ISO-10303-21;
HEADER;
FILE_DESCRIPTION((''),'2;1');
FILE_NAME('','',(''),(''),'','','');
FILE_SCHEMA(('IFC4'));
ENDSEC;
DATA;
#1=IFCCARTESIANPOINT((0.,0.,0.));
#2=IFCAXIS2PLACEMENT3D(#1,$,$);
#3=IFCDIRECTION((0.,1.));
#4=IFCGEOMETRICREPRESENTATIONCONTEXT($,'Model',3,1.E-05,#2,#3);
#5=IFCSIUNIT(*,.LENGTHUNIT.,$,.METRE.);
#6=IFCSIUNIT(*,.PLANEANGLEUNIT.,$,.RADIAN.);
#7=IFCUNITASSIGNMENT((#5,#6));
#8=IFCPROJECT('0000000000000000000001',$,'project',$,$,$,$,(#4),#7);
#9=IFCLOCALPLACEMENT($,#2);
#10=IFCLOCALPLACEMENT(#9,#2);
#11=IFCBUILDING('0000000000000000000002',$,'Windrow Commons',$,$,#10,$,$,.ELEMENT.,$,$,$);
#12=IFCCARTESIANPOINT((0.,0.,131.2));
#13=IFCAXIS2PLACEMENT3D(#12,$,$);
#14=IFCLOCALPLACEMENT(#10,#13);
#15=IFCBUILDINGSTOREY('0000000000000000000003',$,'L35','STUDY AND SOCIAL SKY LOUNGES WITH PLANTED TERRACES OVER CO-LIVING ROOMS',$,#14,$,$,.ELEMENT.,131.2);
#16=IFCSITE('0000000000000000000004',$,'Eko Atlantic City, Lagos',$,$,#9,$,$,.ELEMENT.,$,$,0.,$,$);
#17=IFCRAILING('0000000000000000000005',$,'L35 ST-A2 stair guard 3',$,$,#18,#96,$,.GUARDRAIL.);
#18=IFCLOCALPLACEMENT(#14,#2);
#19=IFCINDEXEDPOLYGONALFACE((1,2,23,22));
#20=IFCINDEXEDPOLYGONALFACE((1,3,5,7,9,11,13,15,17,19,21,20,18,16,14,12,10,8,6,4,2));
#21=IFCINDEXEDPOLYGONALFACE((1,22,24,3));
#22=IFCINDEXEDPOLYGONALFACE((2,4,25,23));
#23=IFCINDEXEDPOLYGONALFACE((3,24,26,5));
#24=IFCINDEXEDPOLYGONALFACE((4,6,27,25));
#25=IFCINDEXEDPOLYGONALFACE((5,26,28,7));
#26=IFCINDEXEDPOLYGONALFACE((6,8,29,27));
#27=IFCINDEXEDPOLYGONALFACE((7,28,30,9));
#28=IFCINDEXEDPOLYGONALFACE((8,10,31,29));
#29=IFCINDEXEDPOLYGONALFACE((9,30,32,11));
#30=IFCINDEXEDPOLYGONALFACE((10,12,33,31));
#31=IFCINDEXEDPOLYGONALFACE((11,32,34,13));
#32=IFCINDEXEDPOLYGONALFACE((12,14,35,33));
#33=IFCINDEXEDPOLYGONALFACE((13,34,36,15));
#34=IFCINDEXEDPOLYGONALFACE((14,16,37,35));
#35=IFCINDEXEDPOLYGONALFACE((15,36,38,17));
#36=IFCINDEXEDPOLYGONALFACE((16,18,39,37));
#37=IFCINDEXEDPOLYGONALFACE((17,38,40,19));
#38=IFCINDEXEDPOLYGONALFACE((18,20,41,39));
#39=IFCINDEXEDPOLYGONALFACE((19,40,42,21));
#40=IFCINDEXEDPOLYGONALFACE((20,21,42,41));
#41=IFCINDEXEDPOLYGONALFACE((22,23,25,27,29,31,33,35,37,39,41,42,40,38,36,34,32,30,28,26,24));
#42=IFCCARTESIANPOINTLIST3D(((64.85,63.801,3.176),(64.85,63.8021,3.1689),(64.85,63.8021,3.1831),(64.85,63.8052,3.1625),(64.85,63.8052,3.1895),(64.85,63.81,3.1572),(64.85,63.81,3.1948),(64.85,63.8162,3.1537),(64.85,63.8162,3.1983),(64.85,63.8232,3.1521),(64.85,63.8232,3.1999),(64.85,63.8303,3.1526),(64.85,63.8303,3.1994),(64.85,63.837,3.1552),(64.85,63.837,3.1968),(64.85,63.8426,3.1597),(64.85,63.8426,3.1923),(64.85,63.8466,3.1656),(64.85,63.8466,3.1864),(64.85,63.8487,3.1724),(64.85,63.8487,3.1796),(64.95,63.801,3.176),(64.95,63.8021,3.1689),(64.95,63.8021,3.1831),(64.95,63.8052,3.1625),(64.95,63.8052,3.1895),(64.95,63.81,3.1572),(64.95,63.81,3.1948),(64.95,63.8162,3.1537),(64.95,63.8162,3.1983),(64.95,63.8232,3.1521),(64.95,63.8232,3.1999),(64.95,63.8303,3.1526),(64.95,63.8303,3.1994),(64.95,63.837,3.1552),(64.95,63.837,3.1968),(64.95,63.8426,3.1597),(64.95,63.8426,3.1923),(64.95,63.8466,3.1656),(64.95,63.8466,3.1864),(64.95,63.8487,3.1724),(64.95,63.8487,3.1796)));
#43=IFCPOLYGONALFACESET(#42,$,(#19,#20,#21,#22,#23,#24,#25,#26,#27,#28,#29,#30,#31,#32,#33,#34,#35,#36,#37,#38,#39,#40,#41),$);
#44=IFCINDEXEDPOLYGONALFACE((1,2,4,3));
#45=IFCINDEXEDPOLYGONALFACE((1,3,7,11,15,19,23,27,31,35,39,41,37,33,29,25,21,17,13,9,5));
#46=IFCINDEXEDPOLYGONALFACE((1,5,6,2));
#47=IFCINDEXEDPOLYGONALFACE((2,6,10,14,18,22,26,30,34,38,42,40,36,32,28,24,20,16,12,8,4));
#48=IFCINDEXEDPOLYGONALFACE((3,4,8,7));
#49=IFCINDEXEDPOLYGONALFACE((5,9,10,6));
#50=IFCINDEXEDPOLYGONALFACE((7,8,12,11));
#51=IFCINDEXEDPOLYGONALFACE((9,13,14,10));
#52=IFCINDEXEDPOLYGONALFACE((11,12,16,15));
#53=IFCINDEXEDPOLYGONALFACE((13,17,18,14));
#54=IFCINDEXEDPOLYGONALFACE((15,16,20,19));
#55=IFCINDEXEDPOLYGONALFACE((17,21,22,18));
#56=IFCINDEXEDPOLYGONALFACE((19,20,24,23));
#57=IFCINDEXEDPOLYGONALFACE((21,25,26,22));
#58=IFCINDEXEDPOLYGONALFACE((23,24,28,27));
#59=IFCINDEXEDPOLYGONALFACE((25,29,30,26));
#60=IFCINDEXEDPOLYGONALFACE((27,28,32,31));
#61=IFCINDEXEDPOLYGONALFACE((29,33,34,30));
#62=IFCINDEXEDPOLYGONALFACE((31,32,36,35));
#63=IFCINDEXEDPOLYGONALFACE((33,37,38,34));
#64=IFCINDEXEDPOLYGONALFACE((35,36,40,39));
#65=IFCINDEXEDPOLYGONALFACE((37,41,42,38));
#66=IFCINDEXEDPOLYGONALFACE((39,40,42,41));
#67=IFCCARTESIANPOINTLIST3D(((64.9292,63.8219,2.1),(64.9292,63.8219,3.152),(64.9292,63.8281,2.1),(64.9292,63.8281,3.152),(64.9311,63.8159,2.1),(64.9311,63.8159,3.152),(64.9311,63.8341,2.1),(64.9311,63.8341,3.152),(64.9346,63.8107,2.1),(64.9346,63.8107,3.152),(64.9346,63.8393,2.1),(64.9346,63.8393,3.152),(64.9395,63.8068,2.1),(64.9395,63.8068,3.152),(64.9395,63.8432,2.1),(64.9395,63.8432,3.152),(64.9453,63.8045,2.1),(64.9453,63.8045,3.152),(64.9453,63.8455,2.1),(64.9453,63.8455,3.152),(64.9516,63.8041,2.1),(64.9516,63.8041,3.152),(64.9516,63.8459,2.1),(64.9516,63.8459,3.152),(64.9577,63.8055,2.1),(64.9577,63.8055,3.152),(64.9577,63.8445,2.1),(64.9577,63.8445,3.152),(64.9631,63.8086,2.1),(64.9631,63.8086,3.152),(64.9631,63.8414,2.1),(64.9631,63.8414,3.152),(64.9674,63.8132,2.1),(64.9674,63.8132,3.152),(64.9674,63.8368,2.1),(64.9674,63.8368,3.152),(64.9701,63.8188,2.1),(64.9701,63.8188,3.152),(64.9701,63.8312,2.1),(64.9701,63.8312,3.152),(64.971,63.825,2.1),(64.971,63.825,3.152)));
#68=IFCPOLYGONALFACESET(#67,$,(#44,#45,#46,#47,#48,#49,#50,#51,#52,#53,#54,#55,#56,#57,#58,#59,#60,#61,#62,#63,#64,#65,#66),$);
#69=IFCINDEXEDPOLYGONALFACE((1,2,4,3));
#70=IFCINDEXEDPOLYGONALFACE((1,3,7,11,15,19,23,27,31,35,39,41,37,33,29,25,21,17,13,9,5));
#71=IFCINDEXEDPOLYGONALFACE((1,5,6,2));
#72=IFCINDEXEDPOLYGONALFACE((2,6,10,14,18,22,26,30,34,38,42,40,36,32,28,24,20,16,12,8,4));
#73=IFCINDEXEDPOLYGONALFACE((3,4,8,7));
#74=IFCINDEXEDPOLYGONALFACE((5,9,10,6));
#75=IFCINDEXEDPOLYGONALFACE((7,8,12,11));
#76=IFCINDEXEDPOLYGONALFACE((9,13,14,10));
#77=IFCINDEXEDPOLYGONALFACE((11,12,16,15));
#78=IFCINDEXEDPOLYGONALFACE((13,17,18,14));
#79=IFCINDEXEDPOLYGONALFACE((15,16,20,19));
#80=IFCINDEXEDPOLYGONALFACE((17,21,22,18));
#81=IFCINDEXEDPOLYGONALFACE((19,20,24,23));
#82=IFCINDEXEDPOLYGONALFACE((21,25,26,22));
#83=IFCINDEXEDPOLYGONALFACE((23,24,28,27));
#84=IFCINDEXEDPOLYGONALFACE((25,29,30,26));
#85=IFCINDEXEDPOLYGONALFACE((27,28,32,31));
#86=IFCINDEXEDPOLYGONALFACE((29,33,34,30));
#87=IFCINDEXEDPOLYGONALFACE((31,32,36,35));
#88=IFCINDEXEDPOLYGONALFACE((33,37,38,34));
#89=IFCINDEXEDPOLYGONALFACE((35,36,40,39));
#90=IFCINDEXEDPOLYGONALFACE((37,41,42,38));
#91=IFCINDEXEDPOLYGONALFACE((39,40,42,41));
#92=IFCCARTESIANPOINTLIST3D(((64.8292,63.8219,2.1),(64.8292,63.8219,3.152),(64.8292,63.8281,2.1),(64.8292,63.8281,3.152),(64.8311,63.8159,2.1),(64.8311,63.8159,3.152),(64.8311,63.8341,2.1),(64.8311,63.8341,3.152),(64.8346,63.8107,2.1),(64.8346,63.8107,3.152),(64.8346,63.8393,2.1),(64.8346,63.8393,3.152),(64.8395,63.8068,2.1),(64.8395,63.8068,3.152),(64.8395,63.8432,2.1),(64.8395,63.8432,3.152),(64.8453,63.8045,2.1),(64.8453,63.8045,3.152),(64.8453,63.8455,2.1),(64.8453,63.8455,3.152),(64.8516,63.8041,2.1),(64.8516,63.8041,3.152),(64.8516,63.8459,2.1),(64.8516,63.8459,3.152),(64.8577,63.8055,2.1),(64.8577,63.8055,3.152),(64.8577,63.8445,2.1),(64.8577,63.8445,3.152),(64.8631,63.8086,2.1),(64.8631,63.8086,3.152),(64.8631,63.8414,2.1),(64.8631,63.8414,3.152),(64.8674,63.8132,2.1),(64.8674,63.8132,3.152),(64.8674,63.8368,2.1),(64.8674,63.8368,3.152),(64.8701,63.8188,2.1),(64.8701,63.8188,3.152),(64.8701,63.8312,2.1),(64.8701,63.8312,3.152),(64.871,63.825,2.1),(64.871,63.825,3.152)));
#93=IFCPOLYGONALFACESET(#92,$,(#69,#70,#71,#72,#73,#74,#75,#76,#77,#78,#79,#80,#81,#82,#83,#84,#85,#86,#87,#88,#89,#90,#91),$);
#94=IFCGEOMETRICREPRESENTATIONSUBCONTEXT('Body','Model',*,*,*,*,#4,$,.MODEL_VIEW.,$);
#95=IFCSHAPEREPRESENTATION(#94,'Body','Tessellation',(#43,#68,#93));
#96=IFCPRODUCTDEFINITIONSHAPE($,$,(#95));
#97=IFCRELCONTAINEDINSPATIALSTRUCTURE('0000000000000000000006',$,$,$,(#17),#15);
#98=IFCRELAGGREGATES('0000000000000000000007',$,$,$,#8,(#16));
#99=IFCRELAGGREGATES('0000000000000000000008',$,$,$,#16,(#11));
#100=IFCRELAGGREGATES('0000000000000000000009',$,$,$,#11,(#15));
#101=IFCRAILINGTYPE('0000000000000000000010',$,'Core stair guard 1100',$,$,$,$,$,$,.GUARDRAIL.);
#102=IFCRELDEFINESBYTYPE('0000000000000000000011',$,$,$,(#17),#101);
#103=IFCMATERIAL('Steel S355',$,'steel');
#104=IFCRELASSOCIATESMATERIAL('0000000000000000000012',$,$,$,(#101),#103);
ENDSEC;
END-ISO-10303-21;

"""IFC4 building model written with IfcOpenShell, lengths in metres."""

from ifc_helpers import new_model, si_unit, direction, frame, origin, origin_2d, place, context, subcontext, project, spatial, circle, extrude, material, type_object, element, save


model = new_model("IFC4")

# Units and contexts
model_context = context("Model", 3, precision=1e-05, world=origin(), true_north=direction((0.0, 1.0)))
body_context = subcontext(model_context, "Body", "Model", "MODEL_VIEW")
ifc_project = project(units=[si_unit("LENGTHUNIT", "METRE"), si_unit("PLANEANGLEUNIT", "RADIAN")], contexts=[model_context])

# Site, building, storey
site_placement = place(None, origin())
site = spatial("IfcSite", under=ifc_project, at=site_placement, Name="Eko Atlantic City, Lagos", CompositionType="ELEMENT", RefElevation=0.0)
building_placement = place(site_placement, origin())
building = spatial("IfcBuilding", under=site, at=building_placement, Name="Windrow Commons", CompositionType="ELEMENT")
storey_placement = place(building_placement, frame((0.0, 0.0, 131.2)))
storey = spatial("IfcBuildingStorey", under=building, at=storey_placement, Name="L35", Description="STUDY AND SOCIAL SKY LOUNGES WITH PLANTED TERRACES OVER CO-LIVING ROOMS", CompositionType="ELEMENT", Elevation=131.2)

# Railing
ifc_material_1 = material(Name="Steel S355", Category="steel")
railing_type_1 = type_object("IfcRailingType", Name="Core stair guard 1100", PredefinedType="GUARDRAIL", material=ifc_material_1)
railing_1_placement = place(storey_placement, frame((64.95, 63.825, 2.1)))
element("IfcRailing", 1, at=railing_1_placement, inside=storey, type_object=railing_type_1, Name="L35 ST-A2 stair guard 3", PredefinedType="GUARDRAIL", context=body_context, shape_type="SweptSolid", body=[
    extrude(circle(Radius=0.024, at=origin_2d()), frame((0.0, 0.0, 1.076), z_axis=(-1.0, 0.0, 0.0), x_axis=(0.0, -1.0, 0.0)), (0.0, 0.0, 1.0), 0.1),
    extrude(circle(Radius=0.021, at=origin_2d()), origin(), (0.0, 0.0, 1.0), 1.052),
    extrude(circle(Radius=0.021, at=origin_2d()), frame((-0.1, 0.0, 0.0)), (0.0, 0.0, 1.0), 1.052),
])

save(model, "model.ifc")
